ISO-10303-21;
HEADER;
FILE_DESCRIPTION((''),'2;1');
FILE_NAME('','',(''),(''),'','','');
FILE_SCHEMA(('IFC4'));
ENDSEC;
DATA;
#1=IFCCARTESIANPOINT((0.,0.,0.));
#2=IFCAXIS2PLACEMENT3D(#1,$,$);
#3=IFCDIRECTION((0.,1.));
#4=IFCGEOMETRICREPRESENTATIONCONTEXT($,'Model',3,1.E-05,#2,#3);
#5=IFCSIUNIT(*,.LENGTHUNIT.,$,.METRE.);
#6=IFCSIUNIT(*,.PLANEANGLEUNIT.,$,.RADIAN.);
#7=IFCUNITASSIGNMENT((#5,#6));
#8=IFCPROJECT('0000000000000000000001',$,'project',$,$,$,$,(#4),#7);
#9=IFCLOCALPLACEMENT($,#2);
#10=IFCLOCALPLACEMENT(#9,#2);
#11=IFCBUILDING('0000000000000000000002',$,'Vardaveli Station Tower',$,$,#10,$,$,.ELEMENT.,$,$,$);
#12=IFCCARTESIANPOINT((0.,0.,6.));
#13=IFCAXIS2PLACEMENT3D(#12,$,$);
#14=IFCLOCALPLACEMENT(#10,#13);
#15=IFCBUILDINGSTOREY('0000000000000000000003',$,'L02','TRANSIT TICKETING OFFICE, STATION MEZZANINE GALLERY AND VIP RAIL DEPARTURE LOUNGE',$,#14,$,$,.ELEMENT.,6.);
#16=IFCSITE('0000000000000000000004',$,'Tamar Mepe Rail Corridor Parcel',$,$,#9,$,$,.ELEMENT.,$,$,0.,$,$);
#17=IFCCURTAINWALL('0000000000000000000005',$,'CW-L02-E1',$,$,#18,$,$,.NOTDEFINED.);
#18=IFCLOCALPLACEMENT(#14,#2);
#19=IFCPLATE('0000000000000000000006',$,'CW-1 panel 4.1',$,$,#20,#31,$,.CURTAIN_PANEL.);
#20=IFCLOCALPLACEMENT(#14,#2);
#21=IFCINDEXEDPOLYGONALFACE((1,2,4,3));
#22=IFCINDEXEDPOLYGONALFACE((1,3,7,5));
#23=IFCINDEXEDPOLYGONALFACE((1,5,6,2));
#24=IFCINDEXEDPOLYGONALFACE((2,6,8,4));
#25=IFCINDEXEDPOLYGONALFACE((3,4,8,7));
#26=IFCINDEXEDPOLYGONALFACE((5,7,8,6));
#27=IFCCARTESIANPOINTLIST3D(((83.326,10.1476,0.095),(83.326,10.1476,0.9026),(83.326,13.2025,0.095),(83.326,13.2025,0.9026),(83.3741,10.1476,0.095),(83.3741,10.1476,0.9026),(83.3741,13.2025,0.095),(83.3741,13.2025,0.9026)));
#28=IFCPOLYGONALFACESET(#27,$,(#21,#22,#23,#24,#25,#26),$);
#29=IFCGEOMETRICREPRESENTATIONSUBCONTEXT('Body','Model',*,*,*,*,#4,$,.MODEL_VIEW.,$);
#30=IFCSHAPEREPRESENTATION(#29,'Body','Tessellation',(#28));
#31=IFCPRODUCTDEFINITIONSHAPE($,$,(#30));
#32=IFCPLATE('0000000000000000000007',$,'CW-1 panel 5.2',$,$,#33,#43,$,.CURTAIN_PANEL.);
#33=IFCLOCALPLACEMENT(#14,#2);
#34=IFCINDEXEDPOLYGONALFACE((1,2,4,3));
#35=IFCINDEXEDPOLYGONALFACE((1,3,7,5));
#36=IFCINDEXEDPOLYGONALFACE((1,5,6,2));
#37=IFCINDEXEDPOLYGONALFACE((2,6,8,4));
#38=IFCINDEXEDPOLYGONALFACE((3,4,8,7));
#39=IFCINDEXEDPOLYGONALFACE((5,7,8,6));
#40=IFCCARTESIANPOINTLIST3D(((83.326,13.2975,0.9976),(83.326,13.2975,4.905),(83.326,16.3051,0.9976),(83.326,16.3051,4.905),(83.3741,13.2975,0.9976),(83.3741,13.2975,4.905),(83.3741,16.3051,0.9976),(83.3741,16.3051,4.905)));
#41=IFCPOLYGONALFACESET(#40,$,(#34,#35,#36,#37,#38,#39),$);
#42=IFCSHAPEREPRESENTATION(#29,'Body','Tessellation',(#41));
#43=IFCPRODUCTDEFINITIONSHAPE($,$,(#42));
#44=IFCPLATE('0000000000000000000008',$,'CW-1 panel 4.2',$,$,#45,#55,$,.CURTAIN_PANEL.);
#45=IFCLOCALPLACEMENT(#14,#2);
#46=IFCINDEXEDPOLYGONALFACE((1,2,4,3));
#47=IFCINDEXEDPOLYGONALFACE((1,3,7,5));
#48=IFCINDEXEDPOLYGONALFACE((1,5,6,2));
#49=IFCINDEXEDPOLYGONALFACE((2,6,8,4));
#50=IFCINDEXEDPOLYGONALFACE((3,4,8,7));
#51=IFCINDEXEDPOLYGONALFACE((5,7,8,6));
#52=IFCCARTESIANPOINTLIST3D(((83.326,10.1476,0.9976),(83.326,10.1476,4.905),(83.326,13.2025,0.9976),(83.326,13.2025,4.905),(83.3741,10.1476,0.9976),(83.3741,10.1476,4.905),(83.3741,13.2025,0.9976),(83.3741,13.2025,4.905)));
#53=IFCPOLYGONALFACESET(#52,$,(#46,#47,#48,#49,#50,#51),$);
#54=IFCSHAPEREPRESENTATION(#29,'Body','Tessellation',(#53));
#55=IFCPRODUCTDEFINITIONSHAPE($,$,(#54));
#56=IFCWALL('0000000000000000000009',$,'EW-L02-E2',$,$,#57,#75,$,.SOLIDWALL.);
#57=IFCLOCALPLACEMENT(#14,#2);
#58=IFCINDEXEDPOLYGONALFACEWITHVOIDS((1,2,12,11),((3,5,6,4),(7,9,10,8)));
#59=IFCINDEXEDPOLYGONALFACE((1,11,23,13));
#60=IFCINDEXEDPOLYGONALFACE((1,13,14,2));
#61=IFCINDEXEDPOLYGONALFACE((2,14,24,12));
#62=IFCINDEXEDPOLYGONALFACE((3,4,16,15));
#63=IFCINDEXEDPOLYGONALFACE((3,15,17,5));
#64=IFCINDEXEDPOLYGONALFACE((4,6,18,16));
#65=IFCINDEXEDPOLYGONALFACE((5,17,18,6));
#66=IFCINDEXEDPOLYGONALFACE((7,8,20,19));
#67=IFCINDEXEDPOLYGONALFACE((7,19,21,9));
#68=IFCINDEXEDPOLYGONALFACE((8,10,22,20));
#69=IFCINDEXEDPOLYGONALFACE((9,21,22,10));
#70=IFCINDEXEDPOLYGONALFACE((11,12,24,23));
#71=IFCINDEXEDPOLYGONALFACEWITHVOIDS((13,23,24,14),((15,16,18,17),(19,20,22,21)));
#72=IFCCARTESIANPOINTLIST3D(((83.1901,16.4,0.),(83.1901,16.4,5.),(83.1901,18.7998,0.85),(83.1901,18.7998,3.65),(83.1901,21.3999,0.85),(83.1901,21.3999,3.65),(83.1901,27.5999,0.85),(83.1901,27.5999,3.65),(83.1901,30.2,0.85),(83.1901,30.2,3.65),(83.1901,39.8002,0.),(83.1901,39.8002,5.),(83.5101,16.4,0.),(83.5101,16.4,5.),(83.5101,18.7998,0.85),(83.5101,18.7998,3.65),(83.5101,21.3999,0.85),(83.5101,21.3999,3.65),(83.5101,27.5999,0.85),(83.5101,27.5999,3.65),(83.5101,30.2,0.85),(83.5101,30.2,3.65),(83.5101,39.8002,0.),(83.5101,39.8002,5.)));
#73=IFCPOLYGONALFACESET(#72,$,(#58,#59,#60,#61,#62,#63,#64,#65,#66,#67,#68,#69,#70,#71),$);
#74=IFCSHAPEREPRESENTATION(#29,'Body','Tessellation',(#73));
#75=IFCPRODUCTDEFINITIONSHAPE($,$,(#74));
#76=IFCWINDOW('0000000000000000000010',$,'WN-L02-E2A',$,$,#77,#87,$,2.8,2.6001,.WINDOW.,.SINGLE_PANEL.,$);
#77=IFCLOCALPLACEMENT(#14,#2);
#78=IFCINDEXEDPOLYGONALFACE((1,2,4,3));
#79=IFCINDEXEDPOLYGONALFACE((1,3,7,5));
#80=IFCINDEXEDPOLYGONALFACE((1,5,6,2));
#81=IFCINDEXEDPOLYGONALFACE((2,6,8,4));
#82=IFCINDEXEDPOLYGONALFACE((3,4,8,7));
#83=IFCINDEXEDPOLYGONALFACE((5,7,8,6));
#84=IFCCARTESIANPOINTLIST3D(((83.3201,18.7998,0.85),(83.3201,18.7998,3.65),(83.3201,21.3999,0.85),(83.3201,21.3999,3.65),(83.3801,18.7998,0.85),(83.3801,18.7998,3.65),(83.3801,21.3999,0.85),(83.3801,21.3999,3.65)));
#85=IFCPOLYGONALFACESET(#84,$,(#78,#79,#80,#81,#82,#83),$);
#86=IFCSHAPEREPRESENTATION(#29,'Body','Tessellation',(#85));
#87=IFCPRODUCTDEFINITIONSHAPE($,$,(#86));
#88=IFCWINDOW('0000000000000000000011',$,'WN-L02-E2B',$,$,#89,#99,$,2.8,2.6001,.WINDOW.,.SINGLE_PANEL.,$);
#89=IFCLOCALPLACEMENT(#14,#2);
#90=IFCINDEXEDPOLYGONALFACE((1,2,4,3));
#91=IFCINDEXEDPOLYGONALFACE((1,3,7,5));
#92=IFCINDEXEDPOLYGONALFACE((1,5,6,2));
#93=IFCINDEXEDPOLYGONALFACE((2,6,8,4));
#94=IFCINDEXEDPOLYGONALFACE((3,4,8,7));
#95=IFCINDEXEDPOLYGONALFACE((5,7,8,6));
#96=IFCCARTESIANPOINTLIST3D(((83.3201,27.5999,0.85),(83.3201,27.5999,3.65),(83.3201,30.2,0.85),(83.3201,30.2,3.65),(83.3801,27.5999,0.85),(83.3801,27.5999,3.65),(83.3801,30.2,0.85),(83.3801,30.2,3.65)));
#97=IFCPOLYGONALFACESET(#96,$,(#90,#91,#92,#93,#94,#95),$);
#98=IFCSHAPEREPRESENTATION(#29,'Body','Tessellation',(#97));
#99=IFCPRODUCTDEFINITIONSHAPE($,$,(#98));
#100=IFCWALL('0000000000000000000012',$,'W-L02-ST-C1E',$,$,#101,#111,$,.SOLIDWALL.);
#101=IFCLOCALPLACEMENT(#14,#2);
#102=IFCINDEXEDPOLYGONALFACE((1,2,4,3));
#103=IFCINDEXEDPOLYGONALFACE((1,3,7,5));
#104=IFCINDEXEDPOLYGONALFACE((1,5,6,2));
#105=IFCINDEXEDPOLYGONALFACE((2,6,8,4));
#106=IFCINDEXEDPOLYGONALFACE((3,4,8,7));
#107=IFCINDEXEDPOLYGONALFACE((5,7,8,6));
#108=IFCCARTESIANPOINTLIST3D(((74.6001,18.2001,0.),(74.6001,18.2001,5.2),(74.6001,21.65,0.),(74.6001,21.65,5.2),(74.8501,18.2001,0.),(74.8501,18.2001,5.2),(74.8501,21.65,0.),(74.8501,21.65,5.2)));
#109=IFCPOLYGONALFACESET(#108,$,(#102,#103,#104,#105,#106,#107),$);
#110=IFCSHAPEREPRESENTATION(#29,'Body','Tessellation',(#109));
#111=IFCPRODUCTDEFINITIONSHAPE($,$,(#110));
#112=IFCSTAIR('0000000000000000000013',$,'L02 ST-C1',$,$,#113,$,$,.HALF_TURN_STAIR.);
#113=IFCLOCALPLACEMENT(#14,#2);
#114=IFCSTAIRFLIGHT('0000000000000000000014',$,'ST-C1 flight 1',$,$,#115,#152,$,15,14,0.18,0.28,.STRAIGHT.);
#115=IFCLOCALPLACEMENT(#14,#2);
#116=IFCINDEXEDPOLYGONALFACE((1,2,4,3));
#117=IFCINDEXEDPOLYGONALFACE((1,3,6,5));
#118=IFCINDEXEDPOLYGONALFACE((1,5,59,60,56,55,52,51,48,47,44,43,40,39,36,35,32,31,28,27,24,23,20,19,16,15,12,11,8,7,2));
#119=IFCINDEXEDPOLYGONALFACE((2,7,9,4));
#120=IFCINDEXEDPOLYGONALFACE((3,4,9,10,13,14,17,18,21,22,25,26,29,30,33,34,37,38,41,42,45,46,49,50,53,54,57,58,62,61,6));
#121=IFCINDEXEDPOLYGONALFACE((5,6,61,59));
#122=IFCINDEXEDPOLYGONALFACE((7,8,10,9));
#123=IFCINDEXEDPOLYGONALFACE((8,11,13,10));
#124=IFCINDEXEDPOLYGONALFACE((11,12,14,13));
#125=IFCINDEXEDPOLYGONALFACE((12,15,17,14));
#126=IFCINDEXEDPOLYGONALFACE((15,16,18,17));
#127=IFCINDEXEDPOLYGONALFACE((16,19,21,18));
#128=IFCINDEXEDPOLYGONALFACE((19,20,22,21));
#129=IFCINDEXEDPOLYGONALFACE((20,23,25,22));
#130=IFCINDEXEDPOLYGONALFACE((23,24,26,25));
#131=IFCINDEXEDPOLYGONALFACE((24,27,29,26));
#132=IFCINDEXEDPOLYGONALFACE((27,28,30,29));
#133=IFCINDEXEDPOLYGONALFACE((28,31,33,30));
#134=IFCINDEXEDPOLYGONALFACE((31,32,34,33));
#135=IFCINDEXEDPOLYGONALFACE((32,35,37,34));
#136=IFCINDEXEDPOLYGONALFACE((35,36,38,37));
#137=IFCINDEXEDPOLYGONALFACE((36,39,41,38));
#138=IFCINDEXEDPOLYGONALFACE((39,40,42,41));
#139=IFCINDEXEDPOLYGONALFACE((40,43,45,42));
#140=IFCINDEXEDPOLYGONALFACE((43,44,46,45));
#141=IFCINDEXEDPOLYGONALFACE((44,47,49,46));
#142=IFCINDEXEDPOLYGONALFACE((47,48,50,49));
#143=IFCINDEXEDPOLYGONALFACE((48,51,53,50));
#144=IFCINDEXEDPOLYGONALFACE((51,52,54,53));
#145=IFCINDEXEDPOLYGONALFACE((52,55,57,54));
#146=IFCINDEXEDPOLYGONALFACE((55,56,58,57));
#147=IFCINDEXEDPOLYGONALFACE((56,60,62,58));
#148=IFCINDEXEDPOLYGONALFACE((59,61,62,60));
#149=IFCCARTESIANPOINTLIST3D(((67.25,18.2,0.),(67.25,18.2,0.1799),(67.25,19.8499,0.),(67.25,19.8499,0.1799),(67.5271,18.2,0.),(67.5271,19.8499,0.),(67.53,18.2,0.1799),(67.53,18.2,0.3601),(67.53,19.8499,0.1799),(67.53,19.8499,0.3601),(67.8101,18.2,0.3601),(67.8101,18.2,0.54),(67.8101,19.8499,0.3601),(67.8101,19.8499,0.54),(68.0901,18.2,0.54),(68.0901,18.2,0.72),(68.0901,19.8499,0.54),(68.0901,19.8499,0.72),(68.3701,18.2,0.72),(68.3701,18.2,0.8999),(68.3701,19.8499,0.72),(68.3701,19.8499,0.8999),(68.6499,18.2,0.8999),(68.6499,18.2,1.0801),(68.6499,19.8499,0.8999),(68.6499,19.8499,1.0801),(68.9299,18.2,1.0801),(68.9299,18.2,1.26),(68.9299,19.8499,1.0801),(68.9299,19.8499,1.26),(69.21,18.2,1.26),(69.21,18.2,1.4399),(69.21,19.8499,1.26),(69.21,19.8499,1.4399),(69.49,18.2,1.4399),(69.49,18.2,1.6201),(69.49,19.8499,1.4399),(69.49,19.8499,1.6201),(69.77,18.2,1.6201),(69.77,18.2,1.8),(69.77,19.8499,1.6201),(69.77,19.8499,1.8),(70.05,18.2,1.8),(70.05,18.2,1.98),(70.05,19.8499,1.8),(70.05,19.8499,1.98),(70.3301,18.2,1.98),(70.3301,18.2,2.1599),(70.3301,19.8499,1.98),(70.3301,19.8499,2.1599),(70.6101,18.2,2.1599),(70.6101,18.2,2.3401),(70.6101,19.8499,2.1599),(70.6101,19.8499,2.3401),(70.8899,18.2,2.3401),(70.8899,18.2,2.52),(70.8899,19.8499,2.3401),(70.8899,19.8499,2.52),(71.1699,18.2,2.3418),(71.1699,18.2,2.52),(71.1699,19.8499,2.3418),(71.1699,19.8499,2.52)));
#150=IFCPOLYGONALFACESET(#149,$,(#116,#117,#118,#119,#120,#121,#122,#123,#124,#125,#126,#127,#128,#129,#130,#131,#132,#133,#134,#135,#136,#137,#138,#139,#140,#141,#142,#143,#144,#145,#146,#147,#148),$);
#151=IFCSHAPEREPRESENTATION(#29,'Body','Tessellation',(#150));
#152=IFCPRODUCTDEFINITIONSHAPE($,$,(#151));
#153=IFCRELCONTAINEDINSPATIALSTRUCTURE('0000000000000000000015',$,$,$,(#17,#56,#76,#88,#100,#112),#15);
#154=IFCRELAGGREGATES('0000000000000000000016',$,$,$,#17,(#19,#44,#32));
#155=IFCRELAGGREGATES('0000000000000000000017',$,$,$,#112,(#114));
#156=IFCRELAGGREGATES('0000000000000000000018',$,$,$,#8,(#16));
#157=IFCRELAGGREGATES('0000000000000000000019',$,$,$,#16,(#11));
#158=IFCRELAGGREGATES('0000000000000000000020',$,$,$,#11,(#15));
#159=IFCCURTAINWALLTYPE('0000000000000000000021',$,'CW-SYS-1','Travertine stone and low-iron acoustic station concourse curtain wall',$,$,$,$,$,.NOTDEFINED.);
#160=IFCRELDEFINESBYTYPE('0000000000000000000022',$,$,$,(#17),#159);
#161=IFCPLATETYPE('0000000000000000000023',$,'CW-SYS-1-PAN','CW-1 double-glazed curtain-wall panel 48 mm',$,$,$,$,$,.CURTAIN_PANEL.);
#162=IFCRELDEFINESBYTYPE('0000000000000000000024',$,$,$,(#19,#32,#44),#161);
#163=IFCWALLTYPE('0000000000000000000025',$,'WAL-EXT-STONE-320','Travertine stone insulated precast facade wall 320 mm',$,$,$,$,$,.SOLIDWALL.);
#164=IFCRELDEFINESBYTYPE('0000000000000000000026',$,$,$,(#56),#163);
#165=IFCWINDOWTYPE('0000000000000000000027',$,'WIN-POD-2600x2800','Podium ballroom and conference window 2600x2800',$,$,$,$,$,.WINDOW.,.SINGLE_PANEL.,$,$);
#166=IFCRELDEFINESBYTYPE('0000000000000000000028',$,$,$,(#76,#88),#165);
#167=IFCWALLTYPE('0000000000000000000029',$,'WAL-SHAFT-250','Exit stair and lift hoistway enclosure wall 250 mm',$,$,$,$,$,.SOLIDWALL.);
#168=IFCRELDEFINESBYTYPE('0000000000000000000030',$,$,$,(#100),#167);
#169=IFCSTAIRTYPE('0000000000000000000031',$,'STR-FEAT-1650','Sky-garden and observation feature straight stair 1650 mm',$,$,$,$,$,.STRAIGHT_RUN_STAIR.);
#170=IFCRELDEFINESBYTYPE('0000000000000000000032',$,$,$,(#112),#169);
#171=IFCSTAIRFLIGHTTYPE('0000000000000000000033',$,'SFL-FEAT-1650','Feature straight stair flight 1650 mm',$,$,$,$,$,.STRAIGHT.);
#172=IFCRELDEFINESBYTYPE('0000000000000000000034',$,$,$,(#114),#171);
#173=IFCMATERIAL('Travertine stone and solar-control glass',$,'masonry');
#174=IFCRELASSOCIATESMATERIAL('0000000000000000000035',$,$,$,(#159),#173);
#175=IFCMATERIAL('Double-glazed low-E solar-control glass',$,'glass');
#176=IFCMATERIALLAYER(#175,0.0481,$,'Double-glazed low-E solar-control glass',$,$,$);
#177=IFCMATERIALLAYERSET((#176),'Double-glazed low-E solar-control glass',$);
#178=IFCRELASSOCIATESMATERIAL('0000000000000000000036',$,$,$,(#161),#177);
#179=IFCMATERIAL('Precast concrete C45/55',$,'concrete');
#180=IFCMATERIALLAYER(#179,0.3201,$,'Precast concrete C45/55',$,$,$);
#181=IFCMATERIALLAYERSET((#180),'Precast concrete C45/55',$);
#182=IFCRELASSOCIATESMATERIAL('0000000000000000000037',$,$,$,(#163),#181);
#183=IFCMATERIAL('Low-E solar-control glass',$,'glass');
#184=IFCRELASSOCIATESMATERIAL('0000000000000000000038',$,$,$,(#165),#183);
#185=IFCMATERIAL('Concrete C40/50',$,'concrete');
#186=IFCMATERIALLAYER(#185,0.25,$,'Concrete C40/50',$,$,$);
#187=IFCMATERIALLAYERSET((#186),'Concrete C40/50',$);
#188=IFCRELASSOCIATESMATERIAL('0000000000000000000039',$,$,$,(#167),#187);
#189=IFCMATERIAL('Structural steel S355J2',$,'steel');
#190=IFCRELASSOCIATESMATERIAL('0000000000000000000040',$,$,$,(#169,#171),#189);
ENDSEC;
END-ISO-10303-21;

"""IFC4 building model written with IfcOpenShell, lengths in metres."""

from ifc_helpers import new_model, si_unit, direction, frame, frame_2d, origin, origin_2d, place, context, subcontext, project, spatial, polyline, rectangle, outline, extrude, source, transform, mapped, material, layer, layer_set, type_object, element, fill, aggregate, save


model = new_model("IFC4")

# Units and contexts
model_context = context("Model", 3, precision=1e-05, world=origin(), true_north=direction((0.0, 1.0)))
body_context = subcontext(model_context, "Body", "Model", "MODEL_VIEW")
ifc_project = project(units=[si_unit("LENGTHUNIT", "METRE"), si_unit("PLANEANGLEUNIT", "RADIAN")], contexts=[model_context])

# Site, building, storey
site_placement = place(None, origin())
site = spatial("IfcSite", under=ifc_project, at=site_placement, Name="Tamar Mepe Rail Corridor Parcel", CompositionType="ELEMENT", RefElevation=0.0)
building_placement = place(site_placement, origin())
building = spatial("IfcBuilding", under=site, at=building_placement, Name="Vardaveli Station Tower", CompositionType="ELEMENT")
storey_placement = place(building_placement, frame((0.0, 0.0, 6.0)))
storey = spatial("IfcBuildingStorey", under=building, at=storey_placement, Name="L02", Description="TRANSIT TICKETING OFFICE, STATION MEZZANINE GALLERY AND VIP RAIL DEPARTURE LOUNGE", CompositionType="ELEMENT", Elevation=6.0)

# Shared definitions
ifc_material_1 = material(Name="Precast concrete C45/55", Category="concrete")

# Shared definitions
ifc_material_2 = material(Name="Structural steel S355J2", Category="steel")

# Curtain wall, plates
ifc_material_3 = material(Name="Travertine stone and solar-control glass", Category="masonry")
curtain_wall_type = type_object("IfcCurtainWallType", Name="CW-SYS-1", Description="Travertine stone and low-iron acoustic station concourse curtain wall", PredefinedType="NOTDEFINED", material=ifc_material_3)
curtain_wall_placement = place(storey_placement, origin())
curtain_wall = element("IfcCurtainWall", 1, at=curtain_wall_placement, inside=storey, type_object=curtain_wall_type, Name="CW-L02-E1", PredefinedType="NOTDEFINED")
ifc_material_4 = material(Name="Double-glazed low-E solar-control glass", Category="glass")
ifc_layer_1 = layer(ifc_material_4, 0.0481, Name="Double-glazed low-E solar-control glass")
ifc_layer_set_1 = layer_set([ifc_layer_1], Name="Double-glazed low-E solar-control glass")
plate_type = type_object("IfcPlateType", Name="CW-SYS-1-PAN", Description="CW-1 double-glazed curtain-wall panel 48 mm", PredefinedType="CURTAIN_PANEL", material=ifc_layer_set_1)
shared_shape_1 = source(origin(), body_context, "Body", "SweptSolid", [
    extrude(rectangle(XDim=3.0549, YDim=0.0481, at=origin_2d()), origin(), (0.0, 0.0, 1.0), 0.8076),
])
plate_1_placement = place(storey_placement, frame((83.3501, 11.675, 0.095), z_axis=(0.0, 0.0, 1.0), x_axis=(0.0, 1.0, 0.0)))
plate_1 = element("IfcPlate", 2, at=plate_1_placement, type_object=plate_type, Name="CW-1 panel 4.1", PredefinedType="CURTAIN_PANEL", context=body_context, shape_type="MappedRepresentation", body=[
    mapped(shared_shape_1, transform((0.0, 0.0, 0.0), scale=1.0)),
])
shared_shape_2 = source(origin(), body_context, "Body", "SweptSolid", [
    extrude(rectangle(XDim=3.0076, YDim=0.0481, at=origin_2d()), origin(), (0.0, 0.0, 1.0), 3.9075),
])
plate_2_placement = place(storey_placement, frame((83.3501, 14.8013, 0.9976), z_axis=(0.0, 0.0, 1.0), x_axis=(0.0, 1.0, 0.0)))
plate_2 = element("IfcPlate", 3, at=plate_2_placement, type_object=plate_type, Name="CW-1 panel 5.2", PredefinedType="CURTAIN_PANEL", context=body_context, shape_type="MappedRepresentation", body=[
    mapped(shared_shape_2, transform((0.0, 0.0, 0.0), scale=1.0)),
])
shared_shape_3 = source(origin(), body_context, "Body", "SweptSolid", [
    extrude(rectangle(XDim=3.0549, YDim=0.0481, at=origin_2d()), origin(), (0.0, 0.0, 1.0), 3.9075),
])
plate_3_placement = place(storey_placement, frame((83.3501, 11.675, 0.9976), z_axis=(0.0, 0.0, 1.0), x_axis=(0.0, 1.0, 0.0)))
plate_3 = element("IfcPlate", 4, at=plate_3_placement, type_object=plate_type, Name="CW-1 panel 4.2", PredefinedType="CURTAIN_PANEL", context=body_context, shape_type="MappedRepresentation", body=[
    mapped(shared_shape_3, transform((0.0, 0.0, 0.0), scale=1.0)),
])
aggregate(curtain_wall, [plate_1, plate_3, plate_2])

# Wall, openings, windows
ifc_layer_2 = layer(ifc_material_1, 0.3201, Name="Precast concrete C45/55")
ifc_layer_set_2 = layer_set([ifc_layer_2], Name="Precast concrete C45/55")
wall_type_1 = type_object("IfcWallType", Name="WAL-EXT-STONE-320", Description="Travertine stone insulated precast facade wall 320 mm", PredefinedType="SOLIDWALL", material=ifc_layer_set_2)
shared_shape_4 = source(origin(), body_context, "Body", "SweptSolid", [
    extrude(rectangle(XDim=23.4001, YDim=0.3201, at=frame_2d((11.7002, 0.0))), origin(), (0.0, 0.0, 1.0), 5.0),
])
wall_1_placement = place(storey_placement, frame((83.3501, 16.3999, 0.0), z_axis=(0.0, 0.0, 1.0), x_axis=(0.0, 1.0, 0.0)))
wall_1 = element("IfcWall", 5, at=wall_1_placement, inside=storey, type_object=wall_type_1, Name="EW-L02-E2", PredefinedType="SOLIDWALL", context=body_context, shape_type="MappedRepresentation", body=[
    mapped(shared_shape_4, transform((0.0, 0.0, 0.0), scale=1.0)),
])
shared_shape_5 = source(origin(), body_context, "Body", "SweptSolid", [
    extrude(rectangle(XDim=2.6001, YDim=2.8, at=frame_2d((1.3, 1.3999))), frame((0.0, 0.1699, 0.0), z_axis=(0.0, -1.0, 0.0), x_axis=(1.0, 0.0, 0.0)), (0.0, 0.0, 1.0), 0.3401),
])
opening_1_placement = place(wall_1_placement, frame((2.3999, 0.0, 0.8501)))
opening_1 = element("IfcOpeningElement", 6, at=opening_1_placement, cuts=wall_1, PredefinedType="OPENING", context=body_context, shape_type="MappedRepresentation", body=[
    mapped(shared_shape_5, transform((0.0, 0.0, 0.0), scale=1.0)),
])
opening_2_placement = place(wall_1_placement, frame((11.2, 0.0, 0.8501)))
opening_2 = element("IfcOpeningElement", 7, at=opening_2_placement, cuts=wall_1, PredefinedType="OPENING", context=body_context, shape_type="MappedRepresentation", body=[
    mapped(shared_shape_5, transform((0.0, 0.0, 0.0), scale=1.0)),
])
ifc_material_5 = material(Name="Low-E solar-control glass", Category="glass")
window_type = type_object("IfcWindowType", Name="WIN-POD-2600x2800", Description="Podium ballroom and conference window 2600x2800", PartitioningType="SINGLE_PANEL", PredefinedType="WINDOW", material=ifc_material_5)
shared_shape_6 = source(origin(), body_context, "Body", "SweptSolid", [
    extrude(rectangle(XDim=2.6001, YDim=2.8, at=frame_2d((1.3, 1.3999))), frame((0.0, 0.03, 0.0), z_axis=(0.0, -1.0, 0.0), x_axis=(1.0, 0.0, 0.0)), (0.0, 0.0, 1.0), 0.0601),
])
window_1_placement = place(opening_1_placement, origin())
window_1 = element("IfcWindow", 8, at=window_1_placement, inside=storey, type_object=window_type, Name="WN-L02-E2A", OverallHeight=2.8, OverallWidth=2.6001, PartitioningType="SINGLE_PANEL", PredefinedType="WINDOW", context=body_context, shape_type="MappedRepresentation", body=[
    mapped(shared_shape_6, transform((0.0, 0.0, 0.0), scale=1.0)),
])
fill(opening_1, window_1)
window_2_placement = place(opening_2_placement, origin())
window_2 = element("IfcWindow", 9, at=window_2_placement, inside=storey, type_object=window_type, Name="WN-L02-E2B", OverallHeight=2.8, OverallWidth=2.6001, PartitioningType="SINGLE_PANEL", PredefinedType="WINDOW", context=body_context, shape_type="MappedRepresentation", body=[
    mapped(shared_shape_6, transform((0.0, 0.0, 0.0), scale=1.0)),
])
fill(opening_2, window_2)

# Wall
ifc_material_6 = material(Name="Concrete C40/50", Category="concrete")
ifc_layer_3 = layer(ifc_material_6, 0.25, Name="Concrete C40/50")
ifc_layer_set_3 = layer_set([ifc_layer_3], Name="Concrete C40/50")
wall_type_2 = type_object("IfcWallType", Name="WAL-SHAFT-250", Description="Exit stair and lift hoistway enclosure wall 250 mm", PredefinedType="SOLIDWALL", material=ifc_layer_set_3)
shared_shape_7 = source(origin(), body_context, "Body", "SweptSolid", [
    extrude(rectangle(XDim=3.45, YDim=0.25, at=frame_2d((1.7251, 0.0))), origin(), (0.0, 0.0, 1.0), 5.2),
])
wall_2_placement = place(storey_placement, frame((74.7251, 18.2, 0.0), z_axis=(0.0, 0.0, 1.0), x_axis=(0.0, 1.0, 0.0)))
element("IfcWall", 10, at=wall_2_placement, inside=storey, type_object=wall_type_2, Name="W-L02-ST-C1E", PredefinedType="SOLIDWALL", context=body_context, shape_type="MappedRepresentation", body=[
    mapped(shared_shape_7, transform((0.0, 0.0, 0.0), scale=1.0)),
])

# Stair, stair flight
stair_type = type_object("IfcStairType", Name="STR-FEAT-1650", Description="Sky-garden and observation feature straight stair 1650 mm", PredefinedType="STRAIGHT_RUN_STAIR", material=ifc_material_2)
stair_placement = place(storey_placement, origin())
stair = element("IfcStair", 11, at=stair_placement, inside=storey, type_object=stair_type, Name="L02 ST-C1", PredefinedType="HALF_TURN_STAIR")
stair_flight_type = type_object("IfcStairFlightType", Name="SFL-FEAT-1650", Description="Feature straight stair flight 1650 mm", PredefinedType="STRAIGHT", material=ifc_material_2)
shared_shape_8 = source(origin(), body_context, "Body", "SweptSolid", [
    extrude(outline(polyline([(0.0, 0.0), (0.0, 0.1799), (0.28, 0.1799), (0.28, 0.3601), (0.5601, 0.3601), (0.5601, 0.54), (0.8401, 0.54), (0.8401, 0.72), (1.1201, 0.72), (1.1201, 0.8999), (1.3999, 0.8999), (1.3999, 1.0801), (1.6799, 1.0801), (1.6799, 1.26), (1.96, 1.26), (1.96, 1.4399), (2.24, 1.4399), (2.24, 1.6201), (2.52, 1.6201), (2.52, 1.8), (2.8, 1.8), (2.8, 1.98), (3.0801, 1.98), (3.0801, 2.1599), (3.3601, 2.1599), (3.3601, 2.3401), (3.6399, 2.3401), (3.6399, 2.52), (3.9199, 2.52), (3.9199, 2.7), (3.9199, 2.3418), (0.2771, 0.0), (0.0, 0.0)])), frame((0.0, 0.825, 0.0), z_axis=(0.0, -1.0, 0.0), x_axis=(1.0, 0.0, 0.0)), (0.0, 0.0, 1.0), 1.6499),
])
stair_flight_1_placement = place(storey_placement, frame((67.25, 19.0249, 0.0), z_axis=(0.0, 0.0, 1.0), x_axis=(1.0, 0.0, 0.0)))
stair_flight_1 = element("IfcStairFlight", 12, at=stair_flight_1_placement, type_object=stair_flight_type, Name="ST-C1 flight 1", NumberOfRisers=15, NumberOfTreads=14, PredefinedType="STRAIGHT", RiserHeight=0.18, TreadLength=0.28, context=body_context, shape_type="MappedRepresentation", body=[
    mapped(shared_shape_8, transform((0.0, 0.0, 0.0), scale=1.0)),
])
aggregate(stair, [stair_flight_1])

save(model, "model.ifc")
